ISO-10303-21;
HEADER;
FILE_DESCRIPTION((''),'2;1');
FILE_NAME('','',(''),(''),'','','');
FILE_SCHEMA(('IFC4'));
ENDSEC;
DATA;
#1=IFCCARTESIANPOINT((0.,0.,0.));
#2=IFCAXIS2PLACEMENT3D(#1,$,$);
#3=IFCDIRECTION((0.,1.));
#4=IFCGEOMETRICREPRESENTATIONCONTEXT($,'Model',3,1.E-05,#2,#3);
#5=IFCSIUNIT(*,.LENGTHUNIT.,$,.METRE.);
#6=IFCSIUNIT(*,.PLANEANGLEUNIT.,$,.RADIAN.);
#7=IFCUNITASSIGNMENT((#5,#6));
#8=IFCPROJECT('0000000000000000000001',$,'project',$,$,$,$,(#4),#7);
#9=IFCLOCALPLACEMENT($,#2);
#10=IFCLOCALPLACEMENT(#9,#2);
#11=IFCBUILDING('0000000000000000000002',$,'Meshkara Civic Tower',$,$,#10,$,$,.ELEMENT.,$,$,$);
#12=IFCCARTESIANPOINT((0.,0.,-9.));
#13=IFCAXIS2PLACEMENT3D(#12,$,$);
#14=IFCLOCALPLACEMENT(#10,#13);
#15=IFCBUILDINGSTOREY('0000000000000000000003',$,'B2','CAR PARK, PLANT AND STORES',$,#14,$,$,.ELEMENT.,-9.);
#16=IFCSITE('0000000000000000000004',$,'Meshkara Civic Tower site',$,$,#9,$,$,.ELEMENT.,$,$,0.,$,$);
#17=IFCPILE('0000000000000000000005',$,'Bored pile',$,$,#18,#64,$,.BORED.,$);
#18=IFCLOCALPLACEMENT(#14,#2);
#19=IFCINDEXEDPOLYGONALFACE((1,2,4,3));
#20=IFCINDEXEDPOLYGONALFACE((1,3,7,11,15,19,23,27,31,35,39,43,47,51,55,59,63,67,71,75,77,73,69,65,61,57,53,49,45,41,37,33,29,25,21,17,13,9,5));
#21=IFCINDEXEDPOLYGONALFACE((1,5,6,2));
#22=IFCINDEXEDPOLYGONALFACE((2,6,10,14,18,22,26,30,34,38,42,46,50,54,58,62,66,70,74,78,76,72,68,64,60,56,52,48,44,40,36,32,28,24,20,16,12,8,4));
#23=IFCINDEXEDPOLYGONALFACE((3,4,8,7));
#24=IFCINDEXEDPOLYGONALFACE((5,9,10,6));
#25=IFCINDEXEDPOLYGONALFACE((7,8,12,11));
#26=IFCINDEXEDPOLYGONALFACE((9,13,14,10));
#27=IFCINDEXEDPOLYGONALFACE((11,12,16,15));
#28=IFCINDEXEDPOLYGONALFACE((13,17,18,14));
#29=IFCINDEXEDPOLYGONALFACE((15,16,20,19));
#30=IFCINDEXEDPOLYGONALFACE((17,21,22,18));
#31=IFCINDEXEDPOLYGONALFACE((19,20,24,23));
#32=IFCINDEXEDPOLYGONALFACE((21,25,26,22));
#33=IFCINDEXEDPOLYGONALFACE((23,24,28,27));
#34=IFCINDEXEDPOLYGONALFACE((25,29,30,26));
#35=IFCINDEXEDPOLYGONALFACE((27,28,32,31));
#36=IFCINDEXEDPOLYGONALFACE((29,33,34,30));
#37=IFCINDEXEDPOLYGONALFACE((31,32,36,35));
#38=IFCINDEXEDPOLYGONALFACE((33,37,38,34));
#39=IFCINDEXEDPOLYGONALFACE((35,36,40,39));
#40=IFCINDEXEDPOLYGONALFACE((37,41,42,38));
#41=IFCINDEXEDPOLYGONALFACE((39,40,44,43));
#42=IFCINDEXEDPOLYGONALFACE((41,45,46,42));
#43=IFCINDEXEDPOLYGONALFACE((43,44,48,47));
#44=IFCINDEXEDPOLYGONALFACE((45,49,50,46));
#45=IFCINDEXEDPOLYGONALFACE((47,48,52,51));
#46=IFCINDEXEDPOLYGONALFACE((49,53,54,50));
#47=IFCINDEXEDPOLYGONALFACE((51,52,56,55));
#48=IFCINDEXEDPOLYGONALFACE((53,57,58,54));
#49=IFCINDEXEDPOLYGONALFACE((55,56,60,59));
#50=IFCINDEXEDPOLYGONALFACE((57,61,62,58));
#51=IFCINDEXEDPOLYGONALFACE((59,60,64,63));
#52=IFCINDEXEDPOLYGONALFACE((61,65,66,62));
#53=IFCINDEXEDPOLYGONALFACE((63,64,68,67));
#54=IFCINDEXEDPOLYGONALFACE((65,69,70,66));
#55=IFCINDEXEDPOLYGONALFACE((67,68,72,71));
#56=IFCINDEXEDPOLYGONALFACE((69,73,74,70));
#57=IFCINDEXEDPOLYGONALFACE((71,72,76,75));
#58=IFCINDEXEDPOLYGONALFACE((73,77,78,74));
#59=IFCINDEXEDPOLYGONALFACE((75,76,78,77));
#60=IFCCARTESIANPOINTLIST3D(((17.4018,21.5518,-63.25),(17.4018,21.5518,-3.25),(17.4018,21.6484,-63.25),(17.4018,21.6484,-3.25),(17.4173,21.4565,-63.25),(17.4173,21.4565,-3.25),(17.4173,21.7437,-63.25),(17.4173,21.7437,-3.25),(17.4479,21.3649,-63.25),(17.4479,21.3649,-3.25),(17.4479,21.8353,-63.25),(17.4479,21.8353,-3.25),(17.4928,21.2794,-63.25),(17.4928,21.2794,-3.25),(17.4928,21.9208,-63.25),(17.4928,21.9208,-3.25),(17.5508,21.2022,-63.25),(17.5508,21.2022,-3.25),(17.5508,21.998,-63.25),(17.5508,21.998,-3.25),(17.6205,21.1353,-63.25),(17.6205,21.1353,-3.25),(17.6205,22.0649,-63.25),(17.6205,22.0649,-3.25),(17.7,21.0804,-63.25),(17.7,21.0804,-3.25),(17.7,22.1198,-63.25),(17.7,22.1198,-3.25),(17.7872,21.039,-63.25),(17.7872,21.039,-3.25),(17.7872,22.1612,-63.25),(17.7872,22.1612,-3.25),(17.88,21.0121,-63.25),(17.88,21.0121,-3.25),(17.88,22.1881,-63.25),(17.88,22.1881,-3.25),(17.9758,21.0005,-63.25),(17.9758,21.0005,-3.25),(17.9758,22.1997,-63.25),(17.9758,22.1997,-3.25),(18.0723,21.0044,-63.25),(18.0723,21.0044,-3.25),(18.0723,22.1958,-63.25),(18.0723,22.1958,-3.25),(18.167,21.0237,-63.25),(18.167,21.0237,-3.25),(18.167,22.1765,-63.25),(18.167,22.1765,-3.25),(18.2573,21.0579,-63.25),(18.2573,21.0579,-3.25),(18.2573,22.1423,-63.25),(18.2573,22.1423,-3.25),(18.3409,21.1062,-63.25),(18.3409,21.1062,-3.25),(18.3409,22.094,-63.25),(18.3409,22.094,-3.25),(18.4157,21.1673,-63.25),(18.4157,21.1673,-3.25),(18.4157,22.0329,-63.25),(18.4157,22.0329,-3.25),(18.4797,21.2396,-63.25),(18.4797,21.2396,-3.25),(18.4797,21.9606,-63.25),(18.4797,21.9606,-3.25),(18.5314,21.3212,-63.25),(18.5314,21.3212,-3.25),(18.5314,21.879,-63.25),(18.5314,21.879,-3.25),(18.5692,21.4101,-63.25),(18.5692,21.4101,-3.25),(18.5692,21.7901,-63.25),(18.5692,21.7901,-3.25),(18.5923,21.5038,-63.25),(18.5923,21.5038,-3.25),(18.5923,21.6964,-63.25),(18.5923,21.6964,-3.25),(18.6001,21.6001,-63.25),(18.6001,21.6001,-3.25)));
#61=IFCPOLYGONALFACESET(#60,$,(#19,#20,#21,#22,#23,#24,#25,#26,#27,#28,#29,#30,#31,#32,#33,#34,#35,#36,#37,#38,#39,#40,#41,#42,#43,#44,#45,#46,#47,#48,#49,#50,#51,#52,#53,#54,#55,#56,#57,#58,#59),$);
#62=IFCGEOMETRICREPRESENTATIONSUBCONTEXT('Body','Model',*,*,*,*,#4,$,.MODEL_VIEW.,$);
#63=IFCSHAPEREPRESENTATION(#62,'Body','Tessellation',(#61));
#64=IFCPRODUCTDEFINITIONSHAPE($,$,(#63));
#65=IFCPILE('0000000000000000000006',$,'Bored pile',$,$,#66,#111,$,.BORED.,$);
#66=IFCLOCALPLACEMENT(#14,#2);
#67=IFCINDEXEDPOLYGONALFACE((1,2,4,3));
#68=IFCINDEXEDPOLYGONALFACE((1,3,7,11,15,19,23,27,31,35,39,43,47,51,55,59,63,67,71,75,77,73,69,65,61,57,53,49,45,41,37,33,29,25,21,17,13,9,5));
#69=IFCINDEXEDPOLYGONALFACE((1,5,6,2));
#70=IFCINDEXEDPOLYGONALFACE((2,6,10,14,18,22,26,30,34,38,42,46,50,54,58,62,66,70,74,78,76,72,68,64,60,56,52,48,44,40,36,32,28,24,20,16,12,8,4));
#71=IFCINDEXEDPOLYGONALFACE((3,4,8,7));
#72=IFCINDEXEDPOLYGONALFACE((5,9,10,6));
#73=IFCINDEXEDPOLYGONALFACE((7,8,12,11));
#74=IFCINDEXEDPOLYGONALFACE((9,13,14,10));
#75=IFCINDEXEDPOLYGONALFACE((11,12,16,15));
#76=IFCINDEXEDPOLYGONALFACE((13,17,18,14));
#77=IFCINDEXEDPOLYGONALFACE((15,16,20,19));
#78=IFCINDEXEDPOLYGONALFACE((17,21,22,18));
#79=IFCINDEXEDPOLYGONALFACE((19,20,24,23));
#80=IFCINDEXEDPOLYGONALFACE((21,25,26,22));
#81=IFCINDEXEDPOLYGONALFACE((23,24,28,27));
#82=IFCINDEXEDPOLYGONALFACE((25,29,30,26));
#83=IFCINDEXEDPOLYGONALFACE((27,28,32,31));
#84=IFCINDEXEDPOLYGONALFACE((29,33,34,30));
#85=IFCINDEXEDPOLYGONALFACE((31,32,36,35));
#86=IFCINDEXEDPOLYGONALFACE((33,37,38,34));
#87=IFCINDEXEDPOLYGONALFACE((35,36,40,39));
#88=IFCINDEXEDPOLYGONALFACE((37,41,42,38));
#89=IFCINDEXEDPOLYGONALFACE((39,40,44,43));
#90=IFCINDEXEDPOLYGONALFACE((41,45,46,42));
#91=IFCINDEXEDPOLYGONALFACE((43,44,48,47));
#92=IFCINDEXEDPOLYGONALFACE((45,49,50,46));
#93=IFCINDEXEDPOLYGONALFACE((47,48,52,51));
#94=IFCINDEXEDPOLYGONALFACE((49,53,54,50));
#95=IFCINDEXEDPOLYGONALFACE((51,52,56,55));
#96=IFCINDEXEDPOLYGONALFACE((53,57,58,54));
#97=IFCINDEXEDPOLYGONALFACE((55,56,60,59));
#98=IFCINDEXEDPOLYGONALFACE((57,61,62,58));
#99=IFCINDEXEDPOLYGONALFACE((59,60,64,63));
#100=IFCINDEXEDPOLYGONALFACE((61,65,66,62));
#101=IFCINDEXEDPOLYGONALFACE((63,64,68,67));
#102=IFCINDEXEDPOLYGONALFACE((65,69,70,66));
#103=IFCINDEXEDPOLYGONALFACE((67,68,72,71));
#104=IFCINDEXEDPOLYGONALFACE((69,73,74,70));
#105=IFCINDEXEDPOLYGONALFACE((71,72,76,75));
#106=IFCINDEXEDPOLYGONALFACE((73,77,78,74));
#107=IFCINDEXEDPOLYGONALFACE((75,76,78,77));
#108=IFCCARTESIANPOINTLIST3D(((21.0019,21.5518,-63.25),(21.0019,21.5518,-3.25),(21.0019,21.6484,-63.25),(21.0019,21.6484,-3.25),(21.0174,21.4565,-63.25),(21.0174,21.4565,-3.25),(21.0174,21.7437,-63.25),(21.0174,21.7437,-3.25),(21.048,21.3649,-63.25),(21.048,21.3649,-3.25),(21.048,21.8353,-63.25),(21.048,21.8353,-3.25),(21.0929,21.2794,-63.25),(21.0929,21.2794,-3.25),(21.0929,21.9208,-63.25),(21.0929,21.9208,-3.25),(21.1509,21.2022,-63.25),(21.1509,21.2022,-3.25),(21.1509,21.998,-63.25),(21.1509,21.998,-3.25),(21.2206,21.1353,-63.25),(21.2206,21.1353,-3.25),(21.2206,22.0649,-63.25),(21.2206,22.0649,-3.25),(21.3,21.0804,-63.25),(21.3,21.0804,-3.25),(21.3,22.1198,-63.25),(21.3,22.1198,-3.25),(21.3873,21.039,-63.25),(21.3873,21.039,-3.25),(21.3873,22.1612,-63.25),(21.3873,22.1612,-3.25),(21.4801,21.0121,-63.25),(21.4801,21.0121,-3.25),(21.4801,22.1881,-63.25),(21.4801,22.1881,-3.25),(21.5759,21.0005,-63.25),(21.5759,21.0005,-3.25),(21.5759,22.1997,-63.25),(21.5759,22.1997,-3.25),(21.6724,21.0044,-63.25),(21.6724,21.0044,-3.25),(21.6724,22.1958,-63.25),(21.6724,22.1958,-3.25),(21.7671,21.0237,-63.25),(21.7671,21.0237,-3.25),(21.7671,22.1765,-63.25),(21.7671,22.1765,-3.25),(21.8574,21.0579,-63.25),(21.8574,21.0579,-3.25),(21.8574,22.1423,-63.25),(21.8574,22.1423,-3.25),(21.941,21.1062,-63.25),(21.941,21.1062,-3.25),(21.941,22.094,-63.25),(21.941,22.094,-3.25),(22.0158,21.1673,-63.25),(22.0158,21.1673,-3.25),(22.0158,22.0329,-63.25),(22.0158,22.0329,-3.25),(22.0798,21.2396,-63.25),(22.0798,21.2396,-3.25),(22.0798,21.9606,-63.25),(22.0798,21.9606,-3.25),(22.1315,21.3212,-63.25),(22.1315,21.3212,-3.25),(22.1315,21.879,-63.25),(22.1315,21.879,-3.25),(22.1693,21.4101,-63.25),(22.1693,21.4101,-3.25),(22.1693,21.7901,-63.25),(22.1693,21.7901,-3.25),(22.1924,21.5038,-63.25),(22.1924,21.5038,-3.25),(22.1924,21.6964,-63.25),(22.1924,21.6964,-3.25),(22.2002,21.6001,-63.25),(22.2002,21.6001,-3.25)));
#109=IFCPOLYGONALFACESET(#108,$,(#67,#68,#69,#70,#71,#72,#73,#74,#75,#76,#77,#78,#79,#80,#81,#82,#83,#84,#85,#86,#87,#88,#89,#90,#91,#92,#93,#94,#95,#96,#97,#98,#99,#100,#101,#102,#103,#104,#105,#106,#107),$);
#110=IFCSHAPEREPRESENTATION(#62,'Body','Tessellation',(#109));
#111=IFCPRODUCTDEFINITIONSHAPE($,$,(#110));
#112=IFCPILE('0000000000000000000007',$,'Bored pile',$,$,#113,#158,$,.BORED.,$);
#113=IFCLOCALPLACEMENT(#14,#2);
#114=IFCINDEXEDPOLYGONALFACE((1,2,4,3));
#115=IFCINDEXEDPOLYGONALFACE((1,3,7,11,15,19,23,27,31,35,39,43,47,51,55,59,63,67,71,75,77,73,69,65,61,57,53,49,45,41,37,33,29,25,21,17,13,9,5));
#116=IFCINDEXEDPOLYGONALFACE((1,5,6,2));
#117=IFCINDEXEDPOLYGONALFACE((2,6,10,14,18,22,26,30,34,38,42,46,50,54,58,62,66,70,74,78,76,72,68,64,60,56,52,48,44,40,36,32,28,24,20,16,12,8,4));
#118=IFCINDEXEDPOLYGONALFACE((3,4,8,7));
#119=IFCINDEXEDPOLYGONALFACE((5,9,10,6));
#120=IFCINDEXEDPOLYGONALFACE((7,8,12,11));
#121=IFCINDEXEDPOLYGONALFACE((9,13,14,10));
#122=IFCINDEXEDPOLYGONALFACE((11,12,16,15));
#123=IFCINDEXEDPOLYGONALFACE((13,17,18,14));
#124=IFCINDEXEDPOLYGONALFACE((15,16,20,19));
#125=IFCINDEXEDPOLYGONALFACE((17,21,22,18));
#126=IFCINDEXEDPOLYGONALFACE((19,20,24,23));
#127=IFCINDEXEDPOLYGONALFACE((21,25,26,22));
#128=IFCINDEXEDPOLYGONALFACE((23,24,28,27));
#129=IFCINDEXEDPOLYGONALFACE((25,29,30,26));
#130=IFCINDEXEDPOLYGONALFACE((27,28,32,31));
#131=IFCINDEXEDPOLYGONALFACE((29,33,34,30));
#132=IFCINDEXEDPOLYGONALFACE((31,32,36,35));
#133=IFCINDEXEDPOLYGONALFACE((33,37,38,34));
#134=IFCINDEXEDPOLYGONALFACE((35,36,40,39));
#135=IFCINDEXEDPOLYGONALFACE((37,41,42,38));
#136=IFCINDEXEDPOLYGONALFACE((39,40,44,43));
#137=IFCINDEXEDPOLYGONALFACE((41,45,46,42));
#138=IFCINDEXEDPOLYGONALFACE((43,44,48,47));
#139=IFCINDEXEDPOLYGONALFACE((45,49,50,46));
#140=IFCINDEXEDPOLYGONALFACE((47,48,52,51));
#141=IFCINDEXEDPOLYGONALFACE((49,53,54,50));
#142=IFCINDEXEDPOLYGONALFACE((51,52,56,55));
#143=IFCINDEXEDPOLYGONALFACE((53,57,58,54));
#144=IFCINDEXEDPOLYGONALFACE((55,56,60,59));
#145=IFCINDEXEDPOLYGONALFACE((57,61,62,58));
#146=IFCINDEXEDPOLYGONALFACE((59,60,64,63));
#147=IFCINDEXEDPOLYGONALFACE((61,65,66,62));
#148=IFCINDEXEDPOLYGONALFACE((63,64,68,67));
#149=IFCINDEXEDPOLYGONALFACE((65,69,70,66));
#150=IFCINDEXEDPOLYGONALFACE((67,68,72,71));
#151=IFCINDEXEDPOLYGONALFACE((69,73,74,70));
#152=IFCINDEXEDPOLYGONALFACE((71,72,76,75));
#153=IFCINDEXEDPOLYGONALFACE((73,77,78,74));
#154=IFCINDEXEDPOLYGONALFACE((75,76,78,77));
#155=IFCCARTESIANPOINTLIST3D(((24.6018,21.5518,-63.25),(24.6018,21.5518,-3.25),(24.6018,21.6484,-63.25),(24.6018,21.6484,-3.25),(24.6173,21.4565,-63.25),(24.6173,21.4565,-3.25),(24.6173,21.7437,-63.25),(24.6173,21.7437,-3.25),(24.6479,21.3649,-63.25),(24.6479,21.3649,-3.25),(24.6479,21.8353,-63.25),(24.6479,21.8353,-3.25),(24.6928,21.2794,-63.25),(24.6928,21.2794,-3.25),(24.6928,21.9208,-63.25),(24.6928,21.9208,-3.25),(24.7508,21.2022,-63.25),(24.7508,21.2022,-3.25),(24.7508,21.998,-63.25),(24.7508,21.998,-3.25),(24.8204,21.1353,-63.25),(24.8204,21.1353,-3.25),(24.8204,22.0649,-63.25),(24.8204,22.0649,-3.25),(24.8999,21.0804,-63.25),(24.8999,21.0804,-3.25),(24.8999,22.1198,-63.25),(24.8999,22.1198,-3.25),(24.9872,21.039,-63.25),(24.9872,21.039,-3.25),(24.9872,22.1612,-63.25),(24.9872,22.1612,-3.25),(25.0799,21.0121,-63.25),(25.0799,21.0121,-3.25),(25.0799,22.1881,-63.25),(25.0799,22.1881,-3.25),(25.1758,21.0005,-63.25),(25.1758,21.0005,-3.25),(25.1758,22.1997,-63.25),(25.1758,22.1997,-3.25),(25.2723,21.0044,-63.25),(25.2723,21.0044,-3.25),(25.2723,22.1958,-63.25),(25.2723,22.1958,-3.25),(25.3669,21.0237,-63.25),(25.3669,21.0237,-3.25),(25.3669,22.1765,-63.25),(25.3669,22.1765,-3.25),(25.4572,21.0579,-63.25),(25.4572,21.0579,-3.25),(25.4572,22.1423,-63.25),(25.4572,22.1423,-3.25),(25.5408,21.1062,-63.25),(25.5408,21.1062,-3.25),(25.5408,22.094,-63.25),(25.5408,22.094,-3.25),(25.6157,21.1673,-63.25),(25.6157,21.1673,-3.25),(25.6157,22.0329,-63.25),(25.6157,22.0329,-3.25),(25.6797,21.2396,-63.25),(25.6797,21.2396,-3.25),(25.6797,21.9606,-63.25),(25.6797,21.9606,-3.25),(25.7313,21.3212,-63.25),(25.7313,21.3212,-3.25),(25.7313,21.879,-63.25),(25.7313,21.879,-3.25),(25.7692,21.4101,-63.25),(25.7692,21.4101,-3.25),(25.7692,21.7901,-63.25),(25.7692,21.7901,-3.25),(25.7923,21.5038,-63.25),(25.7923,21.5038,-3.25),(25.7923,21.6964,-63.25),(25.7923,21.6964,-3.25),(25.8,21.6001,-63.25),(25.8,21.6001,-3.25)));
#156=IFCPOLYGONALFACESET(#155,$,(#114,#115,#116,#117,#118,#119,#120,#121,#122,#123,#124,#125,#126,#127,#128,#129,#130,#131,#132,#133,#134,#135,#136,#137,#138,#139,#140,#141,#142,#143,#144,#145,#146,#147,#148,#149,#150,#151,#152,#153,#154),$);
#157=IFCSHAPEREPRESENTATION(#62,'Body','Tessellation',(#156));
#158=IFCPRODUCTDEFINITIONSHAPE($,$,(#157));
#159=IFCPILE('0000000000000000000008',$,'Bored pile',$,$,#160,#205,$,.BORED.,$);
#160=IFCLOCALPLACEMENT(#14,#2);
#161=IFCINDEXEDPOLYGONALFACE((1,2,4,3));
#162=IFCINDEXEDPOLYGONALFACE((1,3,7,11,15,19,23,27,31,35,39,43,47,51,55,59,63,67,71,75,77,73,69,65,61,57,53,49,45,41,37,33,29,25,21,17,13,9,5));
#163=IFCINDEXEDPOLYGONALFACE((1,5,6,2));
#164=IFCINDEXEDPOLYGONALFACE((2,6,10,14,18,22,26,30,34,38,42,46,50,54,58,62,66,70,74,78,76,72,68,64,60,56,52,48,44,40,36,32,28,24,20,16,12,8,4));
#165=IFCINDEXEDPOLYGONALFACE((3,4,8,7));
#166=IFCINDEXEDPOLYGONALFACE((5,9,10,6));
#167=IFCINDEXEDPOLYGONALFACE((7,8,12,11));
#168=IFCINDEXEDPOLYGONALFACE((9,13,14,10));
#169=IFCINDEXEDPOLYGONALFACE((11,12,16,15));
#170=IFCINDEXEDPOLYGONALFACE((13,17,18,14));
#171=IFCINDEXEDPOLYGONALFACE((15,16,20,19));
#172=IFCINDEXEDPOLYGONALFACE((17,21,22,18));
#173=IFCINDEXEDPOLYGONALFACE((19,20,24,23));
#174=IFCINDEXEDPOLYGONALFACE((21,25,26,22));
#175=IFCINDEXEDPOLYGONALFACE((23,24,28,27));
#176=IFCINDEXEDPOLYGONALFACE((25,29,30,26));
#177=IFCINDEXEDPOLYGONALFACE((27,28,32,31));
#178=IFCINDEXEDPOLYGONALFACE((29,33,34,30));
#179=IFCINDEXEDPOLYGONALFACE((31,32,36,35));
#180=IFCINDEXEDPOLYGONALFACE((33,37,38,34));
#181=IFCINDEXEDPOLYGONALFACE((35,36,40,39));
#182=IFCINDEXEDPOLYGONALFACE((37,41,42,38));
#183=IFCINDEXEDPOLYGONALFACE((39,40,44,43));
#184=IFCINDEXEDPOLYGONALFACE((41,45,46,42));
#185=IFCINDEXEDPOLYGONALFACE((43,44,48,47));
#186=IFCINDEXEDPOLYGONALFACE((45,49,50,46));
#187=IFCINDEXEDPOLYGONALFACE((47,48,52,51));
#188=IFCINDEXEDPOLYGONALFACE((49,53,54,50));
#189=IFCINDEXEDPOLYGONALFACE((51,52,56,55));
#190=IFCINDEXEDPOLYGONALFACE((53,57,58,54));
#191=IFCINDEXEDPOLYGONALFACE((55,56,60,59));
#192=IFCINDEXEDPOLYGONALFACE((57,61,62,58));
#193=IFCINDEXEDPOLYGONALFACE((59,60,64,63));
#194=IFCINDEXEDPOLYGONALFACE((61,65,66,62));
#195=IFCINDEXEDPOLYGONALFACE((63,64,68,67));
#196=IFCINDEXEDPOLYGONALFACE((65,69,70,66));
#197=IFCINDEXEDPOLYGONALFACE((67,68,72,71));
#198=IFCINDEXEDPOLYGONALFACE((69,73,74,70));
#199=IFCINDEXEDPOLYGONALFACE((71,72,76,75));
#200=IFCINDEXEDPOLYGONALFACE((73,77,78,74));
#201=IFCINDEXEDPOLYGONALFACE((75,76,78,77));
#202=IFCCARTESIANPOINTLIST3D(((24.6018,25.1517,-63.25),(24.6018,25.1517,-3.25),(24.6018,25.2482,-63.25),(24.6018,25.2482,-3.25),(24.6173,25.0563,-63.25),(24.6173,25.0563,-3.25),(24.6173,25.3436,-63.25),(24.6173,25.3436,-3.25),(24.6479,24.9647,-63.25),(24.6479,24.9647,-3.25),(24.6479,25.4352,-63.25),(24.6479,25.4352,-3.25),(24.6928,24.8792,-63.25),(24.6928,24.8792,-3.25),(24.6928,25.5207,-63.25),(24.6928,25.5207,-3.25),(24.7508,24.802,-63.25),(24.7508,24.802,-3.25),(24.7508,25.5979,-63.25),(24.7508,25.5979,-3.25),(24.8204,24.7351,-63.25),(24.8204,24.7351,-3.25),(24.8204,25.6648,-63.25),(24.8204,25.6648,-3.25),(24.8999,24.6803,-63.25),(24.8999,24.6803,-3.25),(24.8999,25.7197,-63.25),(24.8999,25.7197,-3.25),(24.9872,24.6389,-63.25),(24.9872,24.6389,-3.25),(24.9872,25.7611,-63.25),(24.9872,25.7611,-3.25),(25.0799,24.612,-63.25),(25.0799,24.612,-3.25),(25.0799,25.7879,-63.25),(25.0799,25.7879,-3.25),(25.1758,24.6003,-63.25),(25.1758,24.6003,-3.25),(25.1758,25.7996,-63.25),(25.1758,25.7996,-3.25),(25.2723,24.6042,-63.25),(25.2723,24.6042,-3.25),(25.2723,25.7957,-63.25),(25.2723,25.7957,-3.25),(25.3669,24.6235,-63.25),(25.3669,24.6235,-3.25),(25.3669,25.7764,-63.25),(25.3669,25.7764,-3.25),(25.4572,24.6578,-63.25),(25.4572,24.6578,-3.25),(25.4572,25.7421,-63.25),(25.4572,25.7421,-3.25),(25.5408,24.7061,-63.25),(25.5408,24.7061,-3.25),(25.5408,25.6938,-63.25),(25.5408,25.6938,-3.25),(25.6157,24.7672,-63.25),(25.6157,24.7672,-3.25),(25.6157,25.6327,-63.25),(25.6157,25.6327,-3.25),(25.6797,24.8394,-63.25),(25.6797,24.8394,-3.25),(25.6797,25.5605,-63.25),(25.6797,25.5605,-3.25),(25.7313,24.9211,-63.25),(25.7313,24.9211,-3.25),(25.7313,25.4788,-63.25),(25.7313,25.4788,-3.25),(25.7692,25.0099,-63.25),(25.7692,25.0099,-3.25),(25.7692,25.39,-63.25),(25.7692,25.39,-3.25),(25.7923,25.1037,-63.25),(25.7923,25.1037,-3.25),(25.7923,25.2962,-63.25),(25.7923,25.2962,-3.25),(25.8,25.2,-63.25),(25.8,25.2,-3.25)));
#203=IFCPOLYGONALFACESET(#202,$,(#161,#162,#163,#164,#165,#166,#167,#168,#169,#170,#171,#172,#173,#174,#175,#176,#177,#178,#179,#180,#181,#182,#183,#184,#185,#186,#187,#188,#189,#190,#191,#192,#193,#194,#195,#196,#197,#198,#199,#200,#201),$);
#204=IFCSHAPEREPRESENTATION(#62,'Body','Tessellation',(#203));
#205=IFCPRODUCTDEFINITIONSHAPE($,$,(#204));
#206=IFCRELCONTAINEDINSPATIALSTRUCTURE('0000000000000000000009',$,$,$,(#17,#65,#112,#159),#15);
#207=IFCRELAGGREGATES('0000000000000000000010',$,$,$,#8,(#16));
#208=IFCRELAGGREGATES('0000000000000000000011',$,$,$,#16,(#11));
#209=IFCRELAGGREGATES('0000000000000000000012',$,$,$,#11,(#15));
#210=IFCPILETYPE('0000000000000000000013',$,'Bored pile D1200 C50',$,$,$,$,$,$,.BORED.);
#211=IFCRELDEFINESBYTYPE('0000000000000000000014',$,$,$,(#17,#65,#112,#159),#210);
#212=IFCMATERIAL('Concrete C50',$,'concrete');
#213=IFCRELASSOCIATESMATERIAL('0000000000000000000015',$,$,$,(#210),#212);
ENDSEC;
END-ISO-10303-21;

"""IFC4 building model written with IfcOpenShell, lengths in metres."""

from ifc_helpers import new_model, si_unit, direction, frame, origin, origin_2d, place, context, subcontext, project, spatial, circle, extrude, material, material_profile, profile_set, type_object, element, save


model = new_model("IFC4")

# Units and contexts
model_context = context("Model", 3, precision=1e-05, world=origin(), true_north=direction((0.0, 1.0)))
body_context = subcontext(model_context, "Body", "Model", "MODEL_VIEW")
ifc_project = project(units=[si_unit("LENGTHUNIT", "METRE"), si_unit("PLANEANGLEUNIT", "RADIAN")], contexts=[model_context])

# Site, building, storey
site_placement = place(None, origin())
site = spatial("IfcSite", under=ifc_project, at=site_placement, Name="Meshkara Civic Tower site", CompositionType="ELEMENT", RefElevation=0.0)
building_placement = place(site_placement, origin())
building = spatial("IfcBuilding", under=site, at=building_placement, Name="Meshkara Civic Tower", CompositionType="ELEMENT")
storey_placement = place(building_placement, frame((0.0, 0.0, -9.0)))
storey = spatial("IfcBuildingStorey", under=building, at=storey_placement, Name="B2", Description="CAR PARK, PLANT AND STORES", CompositionType="ELEMENT", Elevation=-9.0)

# Piles
ifc_material_1 = material(Name="Concrete C50", Category="concrete")
ifc_material_profile_1 = material_profile(ifc_material_1, circle(Radius=0.6001, at=origin_2d()))
ifc_profile_set_1 = profile_set([ifc_material_profile_1], Name="Concrete C50")
pile_type = type_object("IfcPileType", Name="Bored pile D1200 C50", PredefinedType="BORED", material=ifc_profile_set_1)
for number, where, z_axis, x_axis, name in (
    (1, (18.0, 21.6001, -3.25), (0.0, 0.0, -1.0), (1.0, 0.0, 0.0), "Bored pile"),
    (2, (21.6001, 21.6001, -3.25), (0.0, 0.0, -1.0), (1.0, 0.0, 0.0), "Bored pile"),
    (3, (25.2, 21.6001, -3.25), (0.0, 0.0, -1.0), (1.0, 0.0, 0.0), "Bored pile"),
    (4, (25.2, 25.2, -3.25), (0.0, 0.0, -1.0), (1.0, 0.0, 0.0), "Bored pile"),
):
    element("IfcPile", number, at=place(storey_placement, frame(where, z_axis=z_axis, x_axis=x_axis)), inside=storey, type_object=pile_type, Name=name, PredefinedType="BORED", context=body_context, shape_type="SweptSolid", body=[
        extrude(circle(Radius=0.6001, at=origin_2d()), origin(), (0.0, 0.0, 1.0), 60.0),
    ])

save(model, "model.ifc")
